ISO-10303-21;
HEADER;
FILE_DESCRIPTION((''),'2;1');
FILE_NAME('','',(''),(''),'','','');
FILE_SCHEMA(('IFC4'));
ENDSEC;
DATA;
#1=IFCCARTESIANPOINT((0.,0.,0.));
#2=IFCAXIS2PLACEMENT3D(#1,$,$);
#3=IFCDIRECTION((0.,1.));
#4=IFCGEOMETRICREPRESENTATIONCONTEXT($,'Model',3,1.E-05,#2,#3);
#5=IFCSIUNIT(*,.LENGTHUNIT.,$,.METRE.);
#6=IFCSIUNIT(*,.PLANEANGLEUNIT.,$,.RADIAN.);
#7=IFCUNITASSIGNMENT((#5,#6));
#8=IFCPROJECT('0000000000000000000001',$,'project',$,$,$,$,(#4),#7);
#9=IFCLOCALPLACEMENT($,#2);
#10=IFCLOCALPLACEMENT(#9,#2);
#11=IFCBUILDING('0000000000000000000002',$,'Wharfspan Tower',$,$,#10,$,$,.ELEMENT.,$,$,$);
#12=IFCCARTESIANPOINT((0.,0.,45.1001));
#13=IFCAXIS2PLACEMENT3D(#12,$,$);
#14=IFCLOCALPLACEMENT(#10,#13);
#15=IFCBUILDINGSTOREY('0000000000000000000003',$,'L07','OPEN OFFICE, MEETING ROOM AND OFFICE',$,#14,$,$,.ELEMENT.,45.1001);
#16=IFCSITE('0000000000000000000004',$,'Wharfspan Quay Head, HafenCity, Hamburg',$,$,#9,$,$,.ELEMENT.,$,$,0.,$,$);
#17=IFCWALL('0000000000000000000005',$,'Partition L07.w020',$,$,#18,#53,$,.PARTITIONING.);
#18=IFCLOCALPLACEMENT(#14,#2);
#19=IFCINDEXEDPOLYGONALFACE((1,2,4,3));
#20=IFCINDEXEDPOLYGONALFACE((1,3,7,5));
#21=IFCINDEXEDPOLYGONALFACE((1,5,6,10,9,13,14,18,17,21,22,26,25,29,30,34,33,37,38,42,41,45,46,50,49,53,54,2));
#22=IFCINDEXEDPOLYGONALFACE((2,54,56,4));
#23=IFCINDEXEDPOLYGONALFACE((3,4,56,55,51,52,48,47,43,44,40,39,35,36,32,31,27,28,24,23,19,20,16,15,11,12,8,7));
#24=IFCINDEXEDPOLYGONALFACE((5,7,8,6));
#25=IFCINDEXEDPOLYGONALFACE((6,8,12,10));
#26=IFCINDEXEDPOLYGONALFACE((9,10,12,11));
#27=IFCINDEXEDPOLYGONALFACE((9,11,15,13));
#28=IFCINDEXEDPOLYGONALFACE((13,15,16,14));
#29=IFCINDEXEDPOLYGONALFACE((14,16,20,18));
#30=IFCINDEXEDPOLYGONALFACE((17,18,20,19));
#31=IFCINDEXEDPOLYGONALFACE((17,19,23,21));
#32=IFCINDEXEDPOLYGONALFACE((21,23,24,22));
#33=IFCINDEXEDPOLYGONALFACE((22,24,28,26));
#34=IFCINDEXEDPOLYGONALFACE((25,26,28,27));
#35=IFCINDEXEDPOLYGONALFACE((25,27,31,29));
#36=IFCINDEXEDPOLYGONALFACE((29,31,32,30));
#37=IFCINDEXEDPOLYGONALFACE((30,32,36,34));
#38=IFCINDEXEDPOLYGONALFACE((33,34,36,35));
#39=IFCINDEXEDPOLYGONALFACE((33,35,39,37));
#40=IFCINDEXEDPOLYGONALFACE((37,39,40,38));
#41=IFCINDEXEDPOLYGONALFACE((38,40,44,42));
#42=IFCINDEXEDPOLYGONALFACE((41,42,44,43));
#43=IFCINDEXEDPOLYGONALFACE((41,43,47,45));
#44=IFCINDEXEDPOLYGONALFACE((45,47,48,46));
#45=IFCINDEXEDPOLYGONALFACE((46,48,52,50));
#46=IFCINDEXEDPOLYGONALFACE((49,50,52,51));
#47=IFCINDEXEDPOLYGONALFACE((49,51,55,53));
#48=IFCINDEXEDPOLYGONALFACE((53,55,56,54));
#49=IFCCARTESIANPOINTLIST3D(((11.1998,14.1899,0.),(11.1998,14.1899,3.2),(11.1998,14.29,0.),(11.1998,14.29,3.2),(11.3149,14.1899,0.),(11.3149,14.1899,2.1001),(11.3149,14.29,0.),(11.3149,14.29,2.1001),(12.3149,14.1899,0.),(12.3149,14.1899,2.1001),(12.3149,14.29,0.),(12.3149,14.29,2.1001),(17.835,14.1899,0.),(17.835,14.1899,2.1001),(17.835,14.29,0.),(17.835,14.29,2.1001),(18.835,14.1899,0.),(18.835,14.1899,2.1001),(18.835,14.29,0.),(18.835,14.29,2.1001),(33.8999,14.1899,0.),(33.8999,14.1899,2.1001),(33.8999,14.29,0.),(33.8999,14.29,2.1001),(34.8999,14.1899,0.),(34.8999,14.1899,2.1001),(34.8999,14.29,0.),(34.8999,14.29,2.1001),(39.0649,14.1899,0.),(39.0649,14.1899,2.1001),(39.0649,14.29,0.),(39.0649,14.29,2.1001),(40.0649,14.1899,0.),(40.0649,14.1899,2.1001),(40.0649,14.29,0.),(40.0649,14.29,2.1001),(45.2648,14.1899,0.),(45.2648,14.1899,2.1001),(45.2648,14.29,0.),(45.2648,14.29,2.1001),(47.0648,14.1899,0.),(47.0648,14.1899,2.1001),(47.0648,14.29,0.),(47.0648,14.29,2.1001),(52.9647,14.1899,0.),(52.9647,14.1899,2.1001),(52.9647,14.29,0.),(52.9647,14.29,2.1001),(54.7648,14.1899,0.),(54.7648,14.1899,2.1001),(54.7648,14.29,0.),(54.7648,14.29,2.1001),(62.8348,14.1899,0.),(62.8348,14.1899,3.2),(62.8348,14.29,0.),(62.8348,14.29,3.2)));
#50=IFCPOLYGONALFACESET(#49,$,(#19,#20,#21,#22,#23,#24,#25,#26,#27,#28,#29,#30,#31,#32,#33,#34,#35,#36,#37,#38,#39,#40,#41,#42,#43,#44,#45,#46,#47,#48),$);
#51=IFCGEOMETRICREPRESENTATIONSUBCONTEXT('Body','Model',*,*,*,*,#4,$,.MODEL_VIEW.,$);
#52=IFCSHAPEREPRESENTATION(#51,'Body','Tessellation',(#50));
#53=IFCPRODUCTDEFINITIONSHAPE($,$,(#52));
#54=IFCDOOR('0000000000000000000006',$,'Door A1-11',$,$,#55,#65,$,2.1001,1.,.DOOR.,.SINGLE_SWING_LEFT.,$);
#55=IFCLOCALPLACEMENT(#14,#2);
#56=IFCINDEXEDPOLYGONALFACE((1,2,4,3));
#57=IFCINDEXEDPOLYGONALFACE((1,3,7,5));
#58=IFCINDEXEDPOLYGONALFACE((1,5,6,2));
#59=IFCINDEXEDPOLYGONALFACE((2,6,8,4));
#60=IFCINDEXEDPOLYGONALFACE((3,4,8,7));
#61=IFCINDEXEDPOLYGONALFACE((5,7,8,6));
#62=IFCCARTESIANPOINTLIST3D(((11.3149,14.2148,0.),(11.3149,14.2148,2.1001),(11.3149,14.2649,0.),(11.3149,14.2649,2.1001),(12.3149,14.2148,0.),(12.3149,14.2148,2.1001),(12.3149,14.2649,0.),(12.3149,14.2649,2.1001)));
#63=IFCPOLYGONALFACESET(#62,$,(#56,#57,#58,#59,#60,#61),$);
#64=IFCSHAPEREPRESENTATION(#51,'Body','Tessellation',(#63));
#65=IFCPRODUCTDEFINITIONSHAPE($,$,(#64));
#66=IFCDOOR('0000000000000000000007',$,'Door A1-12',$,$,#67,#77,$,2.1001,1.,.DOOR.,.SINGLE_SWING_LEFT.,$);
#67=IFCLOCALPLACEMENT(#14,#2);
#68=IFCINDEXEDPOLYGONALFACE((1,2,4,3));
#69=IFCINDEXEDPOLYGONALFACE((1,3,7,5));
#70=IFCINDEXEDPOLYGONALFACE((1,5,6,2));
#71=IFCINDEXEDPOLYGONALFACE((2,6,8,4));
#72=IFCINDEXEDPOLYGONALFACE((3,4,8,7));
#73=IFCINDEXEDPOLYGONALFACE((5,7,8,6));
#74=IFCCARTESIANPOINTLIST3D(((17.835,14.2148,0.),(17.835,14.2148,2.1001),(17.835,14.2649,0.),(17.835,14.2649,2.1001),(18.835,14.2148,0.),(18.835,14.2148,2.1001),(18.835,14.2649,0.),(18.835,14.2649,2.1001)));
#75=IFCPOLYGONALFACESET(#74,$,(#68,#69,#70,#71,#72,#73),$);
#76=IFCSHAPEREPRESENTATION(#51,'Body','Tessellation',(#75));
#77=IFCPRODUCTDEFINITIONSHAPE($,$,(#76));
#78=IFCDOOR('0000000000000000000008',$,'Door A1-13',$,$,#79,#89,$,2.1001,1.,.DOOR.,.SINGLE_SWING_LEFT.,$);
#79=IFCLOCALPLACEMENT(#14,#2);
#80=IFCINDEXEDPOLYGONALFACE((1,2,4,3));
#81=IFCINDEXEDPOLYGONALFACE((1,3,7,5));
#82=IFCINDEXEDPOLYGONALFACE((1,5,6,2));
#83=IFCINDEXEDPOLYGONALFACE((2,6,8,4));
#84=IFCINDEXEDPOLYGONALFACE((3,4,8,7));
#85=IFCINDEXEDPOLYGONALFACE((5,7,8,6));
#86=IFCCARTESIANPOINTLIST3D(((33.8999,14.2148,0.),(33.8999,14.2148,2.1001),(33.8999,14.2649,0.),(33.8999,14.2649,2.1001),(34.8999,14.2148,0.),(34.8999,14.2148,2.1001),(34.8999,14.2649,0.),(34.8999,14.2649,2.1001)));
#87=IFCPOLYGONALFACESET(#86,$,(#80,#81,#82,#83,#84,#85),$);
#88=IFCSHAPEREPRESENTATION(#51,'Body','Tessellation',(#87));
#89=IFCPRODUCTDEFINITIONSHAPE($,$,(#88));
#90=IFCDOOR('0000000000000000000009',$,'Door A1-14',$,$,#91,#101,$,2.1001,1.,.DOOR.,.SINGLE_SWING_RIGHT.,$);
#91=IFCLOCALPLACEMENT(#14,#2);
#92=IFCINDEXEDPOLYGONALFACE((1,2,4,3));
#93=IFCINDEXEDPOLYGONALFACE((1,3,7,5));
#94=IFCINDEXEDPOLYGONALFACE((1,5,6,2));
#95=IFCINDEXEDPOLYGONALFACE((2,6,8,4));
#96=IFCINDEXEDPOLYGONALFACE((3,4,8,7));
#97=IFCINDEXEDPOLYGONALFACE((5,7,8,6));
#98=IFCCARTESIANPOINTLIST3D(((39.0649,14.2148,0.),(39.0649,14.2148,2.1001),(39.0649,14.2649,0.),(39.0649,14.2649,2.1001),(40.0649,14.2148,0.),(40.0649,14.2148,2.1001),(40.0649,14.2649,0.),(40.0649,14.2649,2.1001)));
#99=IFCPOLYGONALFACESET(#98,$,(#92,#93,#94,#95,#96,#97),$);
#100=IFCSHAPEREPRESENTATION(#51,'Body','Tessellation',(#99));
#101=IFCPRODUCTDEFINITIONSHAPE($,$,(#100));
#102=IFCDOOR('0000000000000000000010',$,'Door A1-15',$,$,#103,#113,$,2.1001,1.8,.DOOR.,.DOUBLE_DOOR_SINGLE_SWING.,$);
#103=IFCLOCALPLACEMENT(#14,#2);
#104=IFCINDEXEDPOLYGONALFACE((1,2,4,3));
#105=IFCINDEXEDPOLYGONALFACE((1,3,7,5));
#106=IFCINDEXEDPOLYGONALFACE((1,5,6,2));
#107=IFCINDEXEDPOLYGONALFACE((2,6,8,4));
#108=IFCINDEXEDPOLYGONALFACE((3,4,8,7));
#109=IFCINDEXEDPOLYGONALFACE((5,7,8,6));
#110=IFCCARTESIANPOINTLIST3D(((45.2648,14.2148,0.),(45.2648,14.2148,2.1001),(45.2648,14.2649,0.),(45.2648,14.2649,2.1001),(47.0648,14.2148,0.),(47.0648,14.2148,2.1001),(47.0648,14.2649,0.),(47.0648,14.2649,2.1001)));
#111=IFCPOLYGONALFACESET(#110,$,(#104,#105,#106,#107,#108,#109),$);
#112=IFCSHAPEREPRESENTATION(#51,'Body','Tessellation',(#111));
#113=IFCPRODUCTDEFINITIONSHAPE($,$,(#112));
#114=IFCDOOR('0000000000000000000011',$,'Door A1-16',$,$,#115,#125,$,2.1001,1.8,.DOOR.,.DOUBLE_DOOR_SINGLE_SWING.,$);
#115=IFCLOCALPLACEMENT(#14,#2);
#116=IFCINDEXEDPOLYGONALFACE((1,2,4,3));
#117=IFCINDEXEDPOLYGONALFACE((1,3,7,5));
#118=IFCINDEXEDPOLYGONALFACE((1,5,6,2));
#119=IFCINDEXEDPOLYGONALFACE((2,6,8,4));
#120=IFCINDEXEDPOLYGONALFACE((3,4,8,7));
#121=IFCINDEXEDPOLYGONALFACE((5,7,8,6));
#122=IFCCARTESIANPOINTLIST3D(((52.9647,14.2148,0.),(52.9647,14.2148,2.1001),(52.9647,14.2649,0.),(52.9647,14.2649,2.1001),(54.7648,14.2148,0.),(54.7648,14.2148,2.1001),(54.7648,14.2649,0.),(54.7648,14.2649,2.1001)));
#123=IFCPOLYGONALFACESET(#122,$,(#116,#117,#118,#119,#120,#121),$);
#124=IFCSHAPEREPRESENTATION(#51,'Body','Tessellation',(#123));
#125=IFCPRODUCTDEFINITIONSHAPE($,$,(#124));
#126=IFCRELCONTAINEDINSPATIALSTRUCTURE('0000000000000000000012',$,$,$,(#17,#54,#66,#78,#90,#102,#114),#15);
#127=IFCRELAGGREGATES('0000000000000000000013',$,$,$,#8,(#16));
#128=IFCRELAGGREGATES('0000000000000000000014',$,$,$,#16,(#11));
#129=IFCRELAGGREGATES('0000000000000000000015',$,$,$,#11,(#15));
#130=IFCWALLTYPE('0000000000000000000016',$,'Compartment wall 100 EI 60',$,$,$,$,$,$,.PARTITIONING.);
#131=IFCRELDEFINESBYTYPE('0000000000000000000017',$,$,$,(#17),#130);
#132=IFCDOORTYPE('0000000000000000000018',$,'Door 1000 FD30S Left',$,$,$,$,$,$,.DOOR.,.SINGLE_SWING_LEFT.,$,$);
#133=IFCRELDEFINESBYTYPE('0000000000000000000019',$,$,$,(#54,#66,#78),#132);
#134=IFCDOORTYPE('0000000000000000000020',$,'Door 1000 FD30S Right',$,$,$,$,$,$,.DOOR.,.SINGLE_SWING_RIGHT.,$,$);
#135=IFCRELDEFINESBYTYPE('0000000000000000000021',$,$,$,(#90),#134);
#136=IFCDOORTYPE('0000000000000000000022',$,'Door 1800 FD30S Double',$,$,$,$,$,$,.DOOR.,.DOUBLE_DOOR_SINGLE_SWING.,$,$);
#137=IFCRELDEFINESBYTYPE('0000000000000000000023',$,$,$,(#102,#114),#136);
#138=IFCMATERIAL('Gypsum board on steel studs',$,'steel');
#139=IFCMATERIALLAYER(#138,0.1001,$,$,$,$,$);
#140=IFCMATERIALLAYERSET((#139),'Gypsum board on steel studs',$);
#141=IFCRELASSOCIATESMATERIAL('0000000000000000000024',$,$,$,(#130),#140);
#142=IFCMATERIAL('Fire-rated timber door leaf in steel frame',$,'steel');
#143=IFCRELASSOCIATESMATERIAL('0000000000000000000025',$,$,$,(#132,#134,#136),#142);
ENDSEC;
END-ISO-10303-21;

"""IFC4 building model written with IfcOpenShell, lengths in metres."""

from ifc_helpers import new_model, si_unit, direction, frame, frame_2d, origin, place, context, subcontext, project, spatial, rectangle, extrude, material, layer, layer_set, type_object, element, fill, save


model = new_model("IFC4")

# Units and contexts
model_context = context("Model", 3, precision=1e-05, world=origin(), true_north=direction((0.0, 1.0)))
body_context = subcontext(model_context, "Body", "Model", "MODEL_VIEW")
ifc_project = project(units=[si_unit("LENGTHUNIT", "METRE"), si_unit("PLANEANGLEUNIT", "RADIAN")], contexts=[model_context])

# Site, building, storey
site_placement = place(None, origin())
site = spatial("IfcSite", under=ifc_project, at=site_placement, Name="Wharfspan Quay Head, HafenCity, Hamburg", CompositionType="ELEMENT", RefElevation=0.0)
building_placement = place(site_placement, origin())
building = spatial("IfcBuilding", under=site, at=building_placement, Name="Wharfspan Tower", CompositionType="ELEMENT")
storey_placement = place(building_placement, frame((0.0, 0.0, 45.1001)))
storey = spatial("IfcBuildingStorey", under=building, at=storey_placement, Name="L07", Description="OPEN OFFICE, MEETING ROOM AND OFFICE", CompositionType="ELEMENT", Elevation=45.1001)

# Shared definitions
ifc_material_1 = material(Name="Gypsum board on steel studs", Category="steel")
ifc_layer_1 = layer(ifc_material_1, 0.1001)
ifc_layer_set_1 = layer_set([ifc_layer_1], Name="Gypsum board on steel studs")
wall_type = type_object("IfcWallType", Name="Compartment wall 100 EI 60", PredefinedType="PARTITIONING", material=ifc_layer_set_1)
ifc_material_2 = material(Name="Fire-rated timber door leaf in steel frame", Category="steel")
door_type_1 = type_object("IfcDoorType", Name="Door 1000 FD30S Left", OperationType="SINGLE_SWING_LEFT", PredefinedType="DOOR", material=ifc_material_2)

# Shared definitions
door_type_2 = type_object("IfcDoorType", Name="Door 1000 FD30S Right", OperationType="SINGLE_SWING_RIGHT", PredefinedType="DOOR", material=ifc_material_2)

# Wall, openings, doors
wall_1_placement = place(storey_placement, frame((11.2, 14.24, 0.0), z_axis=(0.0, 0.0, 1.0), x_axis=(1.0, 0.0, 0.0)))
wall_1 = element("IfcWall", 1, at=wall_1_placement, inside=storey, type_object=wall_type, Name="Partition L07.w020", PredefinedType="PARTITIONING", context=body_context, shape_type="SweptSolid", body=[
    extrude(rectangle(XDim=51.635, YDim=0.1001, at=frame_2d((25.8174, 0.0))), origin(), (0.0, 0.0, 1.0), 3.2),
])
opening_1_placement = place(wall_1_placement, frame((0.115, 0.0, 0.0)))
opening_1 = element("IfcOpeningElement", 2, at=opening_1_placement, cuts=wall_1, PredefinedType="OPENING", context=body_context, shape_type="SweptSolid", body=[
    extrude(rectangle(XDim=1.0, YDim=2.1001, at=frame_2d((0.5, 1.05))), frame((0.0, 0.0601, 0.0), z_axis=(0.0, -1.0, 0.0), x_axis=(1.0, 0.0, 0.0)), (0.0, 0.0, 1.0), 0.1201),
])
opening_2_placement = place(wall_1_placement, frame((6.635, 0.0, 0.0)))
opening_2 = element("IfcOpeningElement", 3, at=opening_2_placement, cuts=wall_1, PredefinedType="OPENING", context=body_context, shape_type="SweptSolid", body=[
    extrude(rectangle(XDim=1.0, YDim=2.1001, at=frame_2d((0.5, 1.05))), frame((0.0, 0.0601, 0.0), z_axis=(0.0, -1.0, 0.0), x_axis=(1.0, 0.0, 0.0)), (0.0, 0.0, 1.0), 0.1201),
])
opening_3_placement = place(wall_1_placement, frame((22.7, 0.0, 0.0)))
opening_3 = element("IfcOpeningElement", 4, at=opening_3_placement, cuts=wall_1, PredefinedType="OPENING", context=body_context, shape_type="SweptSolid", body=[
    extrude(rectangle(XDim=1.0, YDim=2.1001, at=frame_2d((0.5, 1.05))), frame((0.0, 0.0601, 0.0), z_axis=(0.0, -1.0, 0.0), x_axis=(1.0, 0.0, 0.0)), (0.0, 0.0, 1.0), 0.1201),
])
opening_4_placement = place(wall_1_placement, frame((27.865, 0.0, 0.0)))
opening_4 = element("IfcOpeningElement", 5, at=opening_4_placement, cuts=wall_1, PredefinedType="OPENING", context=body_context, shape_type="SweptSolid", body=[
    extrude(rectangle(XDim=1.0, YDim=2.1001, at=frame_2d((0.5, 1.05))), frame((0.0, 0.0601, 0.0), z_axis=(0.0, -1.0, 0.0), x_axis=(1.0, 0.0, 0.0)), (0.0, 0.0, 1.0), 0.1201),
])
opening_5_placement = place(wall_1_placement, frame((34.0649, 0.0, 0.0)))
opening_5 = element("IfcOpeningElement", 6, at=opening_5_placement, cuts=wall_1, PredefinedType="OPENING", context=body_context, shape_type="SweptSolid", body=[
    extrude(rectangle(XDim=1.8, YDim=2.1001, at=frame_2d((0.8999, 1.05))), frame((0.0, 0.0601, 0.0), z_axis=(0.0, -1.0, 0.0), x_axis=(1.0, 0.0, 0.0)), (0.0, 0.0, 1.0), 0.1201),
])
opening_6_placement = place(wall_1_placement, frame((41.7649, 0.0, 0.0)))
opening_6 = element("IfcOpeningElement", 7, at=opening_6_placement, cuts=wall_1, PredefinedType="OPENING", context=body_context, shape_type="SweptSolid", body=[
    extrude(rectangle(XDim=1.8, YDim=2.1001, at=frame_2d((0.8999, 1.05))), frame((0.0, 0.0601, 0.0), z_axis=(0.0, -1.0, 0.0), x_axis=(1.0, 0.0, 0.0)), (0.0, 0.0, 1.0), 0.1201),
])
door_1_placement = place(opening_1_placement, origin())
door_1 = element("IfcDoor", 8, at=door_1_placement, inside=storey, type_object=door_type_1, Name="Door A1-11", OperationType="SINGLE_SWING_LEFT", OverallHeight=2.1001, OverallWidth=1.0, PredefinedType="DOOR", context=body_context, shape_type="SweptSolid", body=[
    extrude(rectangle(XDim=1.0, YDim=2.1001, at=frame_2d((0.5, 1.05))), frame((0.0, 0.0249, 0.0), z_axis=(0.0, -1.0, 0.0), x_axis=(1.0, 0.0, 0.0)), (0.0, 0.0, 1.0), 0.05),
])
fill(opening_1, door_1)
door_2_placement = place(opening_2_placement, origin())
door_2 = element("IfcDoor", 9, at=door_2_placement, inside=storey, type_object=door_type_1, Name="Door A1-12", OperationType="SINGLE_SWING_LEFT", OverallHeight=2.1001, OverallWidth=1.0, PredefinedType="DOOR", context=body_context, shape_type="SweptSolid", body=[
    extrude(rectangle(XDim=1.0, YDim=2.1001, at=frame_2d((0.5, 1.05))), frame((0.0, 0.0249, 0.0), z_axis=(0.0, -1.0, 0.0), x_axis=(1.0, 0.0, 0.0)), (0.0, 0.0, 1.0), 0.05),
])
fill(opening_2, door_2)
door_3_placement = place(opening_3_placement, origin())
door_3 = element("IfcDoor", 10, at=door_3_placement, inside=storey, type_object=door_type_1, Name="Door A1-13", OperationType="SINGLE_SWING_LEFT", OverallHeight=2.1001, OverallWidth=1.0, PredefinedType="DOOR", context=body_context, shape_type="SweptSolid", body=[
    extrude(rectangle(XDim=1.0, YDim=2.1001, at=frame_2d((0.5, 1.05))), frame((0.0, 0.0249, 0.0), z_axis=(0.0, -1.0, 0.0), x_axis=(1.0, 0.0, 0.0)), (0.0, 0.0, 1.0), 0.05),
])
fill(opening_3, door_3)
door_4_placement = place(opening_4_placement, origin())
door_4 = element("IfcDoor", 11, at=door_4_placement, inside=storey, type_object=door_type_2, Name="Door A1-14", OperationType="SINGLE_SWING_RIGHT", OverallHeight=2.1001, OverallWidth=1.0, PredefinedType="DOOR", context=body_context, shape_type="SweptSolid", body=[
    extrude(rectangle(XDim=1.0, YDim=2.1001, at=frame_2d((0.5, 1.05))), frame((0.0, 0.0249, 0.0), z_axis=(0.0, -1.0, 0.0), x_axis=(1.0, 0.0, 0.0)), (0.0, 0.0, 1.0), 0.05),
])
fill(opening_4, door_4)
door_type_3 = type_object("IfcDoorType", Name="Door 1800 FD30S Double", OperationType="DOUBLE_DOOR_SINGLE_SWING", PredefinedType="DOOR", material=ifc_material_2)
door_5_placement = place(opening_5_placement, origin())
door_5 = element("IfcDoor", 12, at=door_5_placement, inside=storey, type_object=door_type_3, Name="Door A1-15", OperationType="DOUBLE_DOOR_SINGLE_SWING", OverallHeight=2.1001, OverallWidth=1.8, PredefinedType="DOOR", context=body_context, shape_type="SweptSolid", body=[
    extrude(rectangle(XDim=1.8, YDim=2.1001, at=frame_2d((0.8999, 1.05))), frame((0.0, 0.0249, 0.0), z_axis=(0.0, -1.0, 0.0), x_axis=(1.0, 0.0, 0.0)), (0.0, 0.0, 1.0), 0.05),
])
fill(opening_5, door_5)
door_6_placement = place(opening_6_placement, origin())
door_6 = element("IfcDoor", 13, at=door_6_placement, inside=storey, type_object=door_type_3, Name="Door A1-16", OperationType="DOUBLE_DOOR_SINGLE_SWING", OverallHeight=2.1001, OverallWidth=1.8, PredefinedType="DOOR", context=body_context, shape_type="SweptSolid", body=[
    extrude(rectangle(XDim=1.8, YDim=2.1001, at=frame_2d((0.8999, 1.05))), frame((0.0, 0.0249, 0.0), z_axis=(0.0, -1.0, 0.0), x_axis=(1.0, 0.0, 0.0)), (0.0, 0.0, 1.0), 0.05),
])
fill(opening_6, door_6)

save(model, "model.ifc")
